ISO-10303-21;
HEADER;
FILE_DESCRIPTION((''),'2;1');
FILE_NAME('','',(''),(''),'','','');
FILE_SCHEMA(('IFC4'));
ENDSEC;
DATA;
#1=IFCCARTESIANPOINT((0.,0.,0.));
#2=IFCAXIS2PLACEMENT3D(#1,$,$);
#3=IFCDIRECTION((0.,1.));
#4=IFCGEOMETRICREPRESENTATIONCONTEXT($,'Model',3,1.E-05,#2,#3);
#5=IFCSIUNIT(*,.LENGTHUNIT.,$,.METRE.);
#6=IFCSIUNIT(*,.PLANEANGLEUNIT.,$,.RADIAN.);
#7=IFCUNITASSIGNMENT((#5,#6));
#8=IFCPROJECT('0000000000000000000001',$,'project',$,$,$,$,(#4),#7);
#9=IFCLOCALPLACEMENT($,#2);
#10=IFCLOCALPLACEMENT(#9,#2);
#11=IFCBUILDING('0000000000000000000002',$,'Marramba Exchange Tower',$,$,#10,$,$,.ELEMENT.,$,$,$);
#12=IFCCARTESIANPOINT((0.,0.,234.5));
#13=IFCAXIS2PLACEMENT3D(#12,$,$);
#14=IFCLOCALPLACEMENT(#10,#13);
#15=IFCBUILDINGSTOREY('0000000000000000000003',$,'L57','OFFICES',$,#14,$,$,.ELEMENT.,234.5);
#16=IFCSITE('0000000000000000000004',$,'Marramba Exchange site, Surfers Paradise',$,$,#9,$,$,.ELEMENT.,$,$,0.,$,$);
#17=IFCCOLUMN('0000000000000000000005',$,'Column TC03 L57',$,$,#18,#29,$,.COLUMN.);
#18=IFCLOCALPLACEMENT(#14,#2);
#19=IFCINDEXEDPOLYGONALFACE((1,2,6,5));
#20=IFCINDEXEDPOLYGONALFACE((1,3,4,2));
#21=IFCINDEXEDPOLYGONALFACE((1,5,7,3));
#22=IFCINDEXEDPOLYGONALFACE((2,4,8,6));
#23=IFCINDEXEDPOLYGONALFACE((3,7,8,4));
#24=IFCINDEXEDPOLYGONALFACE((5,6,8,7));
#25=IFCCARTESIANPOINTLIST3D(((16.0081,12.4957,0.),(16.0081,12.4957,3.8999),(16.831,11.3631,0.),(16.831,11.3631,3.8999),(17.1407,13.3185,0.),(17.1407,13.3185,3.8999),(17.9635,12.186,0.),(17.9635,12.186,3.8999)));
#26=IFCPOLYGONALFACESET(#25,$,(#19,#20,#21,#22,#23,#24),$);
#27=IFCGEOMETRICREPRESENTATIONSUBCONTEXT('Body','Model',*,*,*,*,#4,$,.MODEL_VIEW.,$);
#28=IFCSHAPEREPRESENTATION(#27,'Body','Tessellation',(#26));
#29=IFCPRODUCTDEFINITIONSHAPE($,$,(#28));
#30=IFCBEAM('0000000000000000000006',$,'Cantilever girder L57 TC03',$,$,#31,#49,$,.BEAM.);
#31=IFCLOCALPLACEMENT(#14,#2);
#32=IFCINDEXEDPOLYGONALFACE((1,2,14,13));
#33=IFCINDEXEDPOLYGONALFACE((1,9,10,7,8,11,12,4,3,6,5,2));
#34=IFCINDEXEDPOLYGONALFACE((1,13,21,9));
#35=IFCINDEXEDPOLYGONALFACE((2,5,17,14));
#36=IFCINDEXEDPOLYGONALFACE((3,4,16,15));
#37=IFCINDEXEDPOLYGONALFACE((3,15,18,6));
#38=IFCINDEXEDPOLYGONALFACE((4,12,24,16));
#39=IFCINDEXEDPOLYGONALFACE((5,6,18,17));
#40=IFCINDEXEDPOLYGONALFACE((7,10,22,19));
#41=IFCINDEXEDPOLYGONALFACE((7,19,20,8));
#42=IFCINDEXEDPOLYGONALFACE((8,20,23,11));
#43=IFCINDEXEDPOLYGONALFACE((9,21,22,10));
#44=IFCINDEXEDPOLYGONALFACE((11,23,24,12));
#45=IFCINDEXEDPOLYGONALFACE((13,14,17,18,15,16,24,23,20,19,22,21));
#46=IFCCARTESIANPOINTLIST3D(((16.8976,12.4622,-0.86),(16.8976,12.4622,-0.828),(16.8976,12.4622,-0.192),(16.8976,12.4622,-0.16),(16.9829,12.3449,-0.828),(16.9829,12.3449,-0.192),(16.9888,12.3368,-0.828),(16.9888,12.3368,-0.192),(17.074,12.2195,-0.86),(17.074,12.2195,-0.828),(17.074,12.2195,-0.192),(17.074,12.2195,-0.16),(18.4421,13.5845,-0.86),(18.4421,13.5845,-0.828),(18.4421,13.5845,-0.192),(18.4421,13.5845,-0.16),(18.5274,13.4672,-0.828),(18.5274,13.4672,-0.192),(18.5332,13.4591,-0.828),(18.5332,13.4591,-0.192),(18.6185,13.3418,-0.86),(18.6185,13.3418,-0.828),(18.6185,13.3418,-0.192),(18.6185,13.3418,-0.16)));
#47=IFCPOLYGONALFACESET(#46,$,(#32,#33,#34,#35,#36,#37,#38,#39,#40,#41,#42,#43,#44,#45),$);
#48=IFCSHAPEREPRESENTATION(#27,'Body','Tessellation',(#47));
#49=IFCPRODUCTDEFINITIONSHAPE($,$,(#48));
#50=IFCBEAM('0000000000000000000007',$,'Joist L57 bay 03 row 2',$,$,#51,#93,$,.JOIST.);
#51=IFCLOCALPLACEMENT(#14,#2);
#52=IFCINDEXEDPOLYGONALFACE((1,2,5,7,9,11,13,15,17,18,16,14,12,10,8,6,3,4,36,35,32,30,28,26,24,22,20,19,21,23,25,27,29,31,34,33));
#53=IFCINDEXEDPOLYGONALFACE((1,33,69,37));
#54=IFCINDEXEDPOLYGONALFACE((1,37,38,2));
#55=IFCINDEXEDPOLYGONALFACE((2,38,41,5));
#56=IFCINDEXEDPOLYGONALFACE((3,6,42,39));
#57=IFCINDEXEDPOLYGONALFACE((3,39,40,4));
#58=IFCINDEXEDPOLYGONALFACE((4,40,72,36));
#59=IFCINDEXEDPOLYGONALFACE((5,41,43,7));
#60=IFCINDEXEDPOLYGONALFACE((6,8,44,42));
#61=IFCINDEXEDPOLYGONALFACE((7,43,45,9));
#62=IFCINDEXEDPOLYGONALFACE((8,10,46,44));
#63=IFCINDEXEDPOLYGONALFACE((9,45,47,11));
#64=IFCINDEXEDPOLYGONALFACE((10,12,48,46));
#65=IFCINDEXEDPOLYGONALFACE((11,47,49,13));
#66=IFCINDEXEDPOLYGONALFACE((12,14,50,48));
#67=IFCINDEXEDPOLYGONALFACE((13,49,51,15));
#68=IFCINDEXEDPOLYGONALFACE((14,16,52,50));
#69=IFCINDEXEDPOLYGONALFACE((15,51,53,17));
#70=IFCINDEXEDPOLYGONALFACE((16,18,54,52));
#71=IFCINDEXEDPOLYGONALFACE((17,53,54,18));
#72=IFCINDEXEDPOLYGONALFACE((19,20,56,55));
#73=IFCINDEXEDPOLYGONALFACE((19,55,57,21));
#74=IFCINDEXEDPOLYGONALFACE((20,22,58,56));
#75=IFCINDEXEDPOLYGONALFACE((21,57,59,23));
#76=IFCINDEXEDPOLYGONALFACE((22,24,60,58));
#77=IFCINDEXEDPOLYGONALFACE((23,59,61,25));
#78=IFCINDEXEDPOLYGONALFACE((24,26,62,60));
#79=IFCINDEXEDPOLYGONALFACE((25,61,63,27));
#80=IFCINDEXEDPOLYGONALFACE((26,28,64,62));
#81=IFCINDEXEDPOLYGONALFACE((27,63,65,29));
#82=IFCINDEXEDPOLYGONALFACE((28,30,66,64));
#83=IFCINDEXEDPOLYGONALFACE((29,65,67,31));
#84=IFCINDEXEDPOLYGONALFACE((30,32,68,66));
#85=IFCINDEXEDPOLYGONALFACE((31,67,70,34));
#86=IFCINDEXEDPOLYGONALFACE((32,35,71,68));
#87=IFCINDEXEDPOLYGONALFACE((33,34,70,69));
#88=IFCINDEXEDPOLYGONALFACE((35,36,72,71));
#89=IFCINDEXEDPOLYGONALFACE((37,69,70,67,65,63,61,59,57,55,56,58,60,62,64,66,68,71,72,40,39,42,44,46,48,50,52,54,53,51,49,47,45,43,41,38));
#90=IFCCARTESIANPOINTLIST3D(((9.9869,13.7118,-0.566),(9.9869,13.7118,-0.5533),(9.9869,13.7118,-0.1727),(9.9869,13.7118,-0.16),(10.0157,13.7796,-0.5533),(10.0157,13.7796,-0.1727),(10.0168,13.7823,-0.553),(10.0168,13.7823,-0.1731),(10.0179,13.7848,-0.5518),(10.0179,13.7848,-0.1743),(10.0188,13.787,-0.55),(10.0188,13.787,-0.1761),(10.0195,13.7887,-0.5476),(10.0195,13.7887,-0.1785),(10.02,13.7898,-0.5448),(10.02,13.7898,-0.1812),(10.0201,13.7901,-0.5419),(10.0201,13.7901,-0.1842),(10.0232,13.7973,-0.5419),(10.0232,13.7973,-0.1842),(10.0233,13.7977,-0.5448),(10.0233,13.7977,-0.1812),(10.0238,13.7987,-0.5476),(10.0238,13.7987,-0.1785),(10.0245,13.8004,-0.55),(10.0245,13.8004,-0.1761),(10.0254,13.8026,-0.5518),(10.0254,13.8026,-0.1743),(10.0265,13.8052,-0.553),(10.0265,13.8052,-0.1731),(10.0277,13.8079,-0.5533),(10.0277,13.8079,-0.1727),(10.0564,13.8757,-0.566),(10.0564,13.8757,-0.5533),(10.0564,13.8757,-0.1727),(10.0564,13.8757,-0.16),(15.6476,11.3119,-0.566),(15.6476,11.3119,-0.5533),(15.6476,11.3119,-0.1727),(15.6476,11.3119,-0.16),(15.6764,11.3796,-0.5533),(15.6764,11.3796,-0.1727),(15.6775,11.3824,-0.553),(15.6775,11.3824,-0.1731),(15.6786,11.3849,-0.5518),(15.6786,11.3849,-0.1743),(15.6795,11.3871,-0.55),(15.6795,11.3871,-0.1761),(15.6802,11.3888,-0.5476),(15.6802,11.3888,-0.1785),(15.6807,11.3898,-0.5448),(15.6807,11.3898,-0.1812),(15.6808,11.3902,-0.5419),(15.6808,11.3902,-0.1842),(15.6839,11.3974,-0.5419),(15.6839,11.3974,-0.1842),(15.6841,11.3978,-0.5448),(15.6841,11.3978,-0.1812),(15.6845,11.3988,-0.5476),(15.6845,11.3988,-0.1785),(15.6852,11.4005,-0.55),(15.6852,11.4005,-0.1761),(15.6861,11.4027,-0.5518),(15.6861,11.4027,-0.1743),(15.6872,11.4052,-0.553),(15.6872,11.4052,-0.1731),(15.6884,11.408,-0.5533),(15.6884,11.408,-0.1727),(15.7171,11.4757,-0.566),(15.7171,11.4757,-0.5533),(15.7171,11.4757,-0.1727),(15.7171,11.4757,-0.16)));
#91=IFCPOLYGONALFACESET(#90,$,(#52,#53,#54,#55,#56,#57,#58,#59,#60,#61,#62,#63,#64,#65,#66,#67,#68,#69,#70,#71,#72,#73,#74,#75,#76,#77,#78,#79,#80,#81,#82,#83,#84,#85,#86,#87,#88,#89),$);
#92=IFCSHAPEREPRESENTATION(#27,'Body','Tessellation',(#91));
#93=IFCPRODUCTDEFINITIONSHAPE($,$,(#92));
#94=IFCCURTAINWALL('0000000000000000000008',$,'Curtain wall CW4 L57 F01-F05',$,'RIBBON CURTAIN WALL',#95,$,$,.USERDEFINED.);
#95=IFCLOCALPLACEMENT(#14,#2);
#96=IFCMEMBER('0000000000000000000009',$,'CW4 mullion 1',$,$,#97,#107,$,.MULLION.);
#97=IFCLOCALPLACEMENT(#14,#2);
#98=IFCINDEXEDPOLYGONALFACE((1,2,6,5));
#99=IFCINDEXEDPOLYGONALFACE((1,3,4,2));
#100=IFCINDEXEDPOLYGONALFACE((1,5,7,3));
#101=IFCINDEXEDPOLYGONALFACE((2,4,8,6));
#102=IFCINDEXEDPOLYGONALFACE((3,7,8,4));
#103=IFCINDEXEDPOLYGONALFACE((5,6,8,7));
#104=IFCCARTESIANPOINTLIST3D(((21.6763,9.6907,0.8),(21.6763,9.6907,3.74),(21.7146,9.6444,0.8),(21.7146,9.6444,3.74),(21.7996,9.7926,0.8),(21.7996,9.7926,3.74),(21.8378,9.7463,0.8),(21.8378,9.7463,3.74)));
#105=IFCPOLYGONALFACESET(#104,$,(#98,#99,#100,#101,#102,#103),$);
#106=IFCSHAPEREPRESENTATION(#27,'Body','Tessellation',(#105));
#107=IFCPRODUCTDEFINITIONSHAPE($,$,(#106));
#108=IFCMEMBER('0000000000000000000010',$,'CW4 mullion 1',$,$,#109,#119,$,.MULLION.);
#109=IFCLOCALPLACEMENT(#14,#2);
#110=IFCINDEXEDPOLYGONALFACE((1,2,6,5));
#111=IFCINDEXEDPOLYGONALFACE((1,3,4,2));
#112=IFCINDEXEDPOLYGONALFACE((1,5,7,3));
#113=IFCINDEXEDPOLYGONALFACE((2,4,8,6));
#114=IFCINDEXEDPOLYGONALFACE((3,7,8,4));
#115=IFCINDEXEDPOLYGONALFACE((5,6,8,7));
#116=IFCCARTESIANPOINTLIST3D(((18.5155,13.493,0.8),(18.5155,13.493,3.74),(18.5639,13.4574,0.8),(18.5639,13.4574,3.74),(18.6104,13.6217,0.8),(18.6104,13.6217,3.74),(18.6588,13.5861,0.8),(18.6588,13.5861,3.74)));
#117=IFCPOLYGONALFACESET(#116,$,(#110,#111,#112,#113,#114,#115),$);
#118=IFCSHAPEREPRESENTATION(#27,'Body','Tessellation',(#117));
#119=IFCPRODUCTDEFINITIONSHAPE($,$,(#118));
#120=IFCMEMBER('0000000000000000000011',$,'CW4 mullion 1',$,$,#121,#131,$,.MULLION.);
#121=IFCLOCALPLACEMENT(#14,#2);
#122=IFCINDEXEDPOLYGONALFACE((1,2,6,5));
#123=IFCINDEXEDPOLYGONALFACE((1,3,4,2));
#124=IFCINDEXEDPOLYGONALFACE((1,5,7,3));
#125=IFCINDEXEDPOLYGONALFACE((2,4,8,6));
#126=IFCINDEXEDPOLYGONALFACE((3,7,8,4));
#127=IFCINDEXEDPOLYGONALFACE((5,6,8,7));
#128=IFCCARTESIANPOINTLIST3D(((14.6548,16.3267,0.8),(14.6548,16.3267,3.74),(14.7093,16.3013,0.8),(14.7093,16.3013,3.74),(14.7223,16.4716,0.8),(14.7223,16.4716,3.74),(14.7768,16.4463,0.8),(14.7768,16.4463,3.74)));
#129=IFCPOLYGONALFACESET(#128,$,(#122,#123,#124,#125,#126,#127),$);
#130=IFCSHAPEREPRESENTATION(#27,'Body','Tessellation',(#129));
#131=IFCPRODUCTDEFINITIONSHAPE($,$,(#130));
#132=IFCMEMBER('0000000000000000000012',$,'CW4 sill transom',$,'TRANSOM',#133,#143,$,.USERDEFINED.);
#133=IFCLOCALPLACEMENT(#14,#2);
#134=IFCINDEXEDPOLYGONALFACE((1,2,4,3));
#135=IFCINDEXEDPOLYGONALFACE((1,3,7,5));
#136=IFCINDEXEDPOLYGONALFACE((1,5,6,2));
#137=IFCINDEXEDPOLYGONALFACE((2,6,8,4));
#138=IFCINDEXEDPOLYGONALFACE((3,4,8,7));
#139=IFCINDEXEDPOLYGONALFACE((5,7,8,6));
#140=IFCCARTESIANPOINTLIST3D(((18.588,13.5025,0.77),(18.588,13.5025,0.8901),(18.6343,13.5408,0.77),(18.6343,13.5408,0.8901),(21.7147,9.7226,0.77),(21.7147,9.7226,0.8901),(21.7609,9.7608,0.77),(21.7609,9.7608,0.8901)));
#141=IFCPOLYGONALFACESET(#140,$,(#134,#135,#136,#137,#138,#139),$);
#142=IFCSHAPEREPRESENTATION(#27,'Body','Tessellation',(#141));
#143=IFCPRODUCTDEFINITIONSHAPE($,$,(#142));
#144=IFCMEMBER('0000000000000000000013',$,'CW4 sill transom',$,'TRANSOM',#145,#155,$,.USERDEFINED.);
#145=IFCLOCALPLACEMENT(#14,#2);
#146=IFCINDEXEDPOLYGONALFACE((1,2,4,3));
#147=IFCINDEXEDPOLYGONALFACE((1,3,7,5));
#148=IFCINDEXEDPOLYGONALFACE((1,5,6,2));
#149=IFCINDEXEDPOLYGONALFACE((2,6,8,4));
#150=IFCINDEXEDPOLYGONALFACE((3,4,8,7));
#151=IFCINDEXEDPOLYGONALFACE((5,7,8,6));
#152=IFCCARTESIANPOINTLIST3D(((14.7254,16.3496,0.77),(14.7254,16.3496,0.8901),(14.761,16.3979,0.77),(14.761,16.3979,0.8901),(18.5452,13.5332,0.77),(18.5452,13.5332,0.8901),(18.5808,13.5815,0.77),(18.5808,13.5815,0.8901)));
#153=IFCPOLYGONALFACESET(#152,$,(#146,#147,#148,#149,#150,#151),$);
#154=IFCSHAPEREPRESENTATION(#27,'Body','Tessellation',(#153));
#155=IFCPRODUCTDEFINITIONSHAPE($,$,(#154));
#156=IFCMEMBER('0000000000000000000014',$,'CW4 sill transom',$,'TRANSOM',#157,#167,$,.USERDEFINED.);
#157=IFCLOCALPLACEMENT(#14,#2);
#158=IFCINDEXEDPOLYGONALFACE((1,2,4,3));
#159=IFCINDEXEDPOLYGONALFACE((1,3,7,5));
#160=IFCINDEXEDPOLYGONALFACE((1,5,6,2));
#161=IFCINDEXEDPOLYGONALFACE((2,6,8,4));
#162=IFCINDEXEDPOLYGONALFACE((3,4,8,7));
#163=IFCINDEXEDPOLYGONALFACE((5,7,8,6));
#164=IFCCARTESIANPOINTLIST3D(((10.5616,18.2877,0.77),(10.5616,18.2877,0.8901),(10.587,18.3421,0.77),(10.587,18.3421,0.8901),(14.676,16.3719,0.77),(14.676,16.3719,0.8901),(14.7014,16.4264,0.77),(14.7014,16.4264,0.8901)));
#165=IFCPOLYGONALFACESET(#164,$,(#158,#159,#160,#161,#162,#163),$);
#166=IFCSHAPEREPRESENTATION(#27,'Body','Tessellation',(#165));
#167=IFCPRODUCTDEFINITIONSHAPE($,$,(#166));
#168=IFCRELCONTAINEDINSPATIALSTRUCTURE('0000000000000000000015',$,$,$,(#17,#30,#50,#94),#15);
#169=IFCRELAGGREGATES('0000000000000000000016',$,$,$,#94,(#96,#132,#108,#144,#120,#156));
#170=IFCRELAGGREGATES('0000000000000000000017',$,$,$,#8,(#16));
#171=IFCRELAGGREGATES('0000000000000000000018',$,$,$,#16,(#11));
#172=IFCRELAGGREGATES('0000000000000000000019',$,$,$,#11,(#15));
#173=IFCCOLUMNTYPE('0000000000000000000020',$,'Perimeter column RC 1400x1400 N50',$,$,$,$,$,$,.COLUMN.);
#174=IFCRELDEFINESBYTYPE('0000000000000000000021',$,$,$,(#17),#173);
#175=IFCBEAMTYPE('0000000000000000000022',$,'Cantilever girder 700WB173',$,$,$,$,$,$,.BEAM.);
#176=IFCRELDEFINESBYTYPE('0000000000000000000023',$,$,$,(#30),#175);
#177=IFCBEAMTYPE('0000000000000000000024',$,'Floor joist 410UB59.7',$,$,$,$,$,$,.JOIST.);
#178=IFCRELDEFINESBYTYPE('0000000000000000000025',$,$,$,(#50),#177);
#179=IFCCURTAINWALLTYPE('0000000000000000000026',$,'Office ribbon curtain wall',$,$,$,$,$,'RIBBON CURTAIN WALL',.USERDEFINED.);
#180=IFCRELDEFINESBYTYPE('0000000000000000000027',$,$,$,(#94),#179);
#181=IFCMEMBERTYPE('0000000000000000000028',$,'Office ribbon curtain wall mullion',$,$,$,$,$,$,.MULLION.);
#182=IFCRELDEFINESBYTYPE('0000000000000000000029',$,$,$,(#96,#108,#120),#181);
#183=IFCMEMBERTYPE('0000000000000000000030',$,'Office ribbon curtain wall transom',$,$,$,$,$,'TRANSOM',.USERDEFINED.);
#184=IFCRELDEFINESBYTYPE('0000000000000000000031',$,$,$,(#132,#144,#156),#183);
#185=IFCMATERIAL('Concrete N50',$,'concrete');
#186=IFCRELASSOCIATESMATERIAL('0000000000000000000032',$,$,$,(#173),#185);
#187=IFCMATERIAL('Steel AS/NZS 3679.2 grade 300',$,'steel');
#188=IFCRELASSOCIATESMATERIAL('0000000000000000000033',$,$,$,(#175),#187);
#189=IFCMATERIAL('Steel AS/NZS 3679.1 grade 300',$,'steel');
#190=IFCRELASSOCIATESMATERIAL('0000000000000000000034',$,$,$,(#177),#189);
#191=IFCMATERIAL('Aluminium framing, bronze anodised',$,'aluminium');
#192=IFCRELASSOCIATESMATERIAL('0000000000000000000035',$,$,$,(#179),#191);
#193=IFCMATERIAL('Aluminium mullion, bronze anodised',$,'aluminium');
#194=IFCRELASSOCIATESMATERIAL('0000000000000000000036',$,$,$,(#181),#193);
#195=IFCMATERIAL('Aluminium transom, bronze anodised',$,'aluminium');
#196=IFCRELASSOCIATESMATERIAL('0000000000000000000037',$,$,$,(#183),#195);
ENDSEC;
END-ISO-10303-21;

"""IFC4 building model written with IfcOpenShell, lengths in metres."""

from ifc_helpers import new_model, si_unit, direction, frame, origin, origin_2d, place, context, subcontext, project, spatial, rectangle, i_section, extrude, material, material_profile, profile_set, type_object, element, aggregate, save


model = new_model("IFC4")

# Units and contexts
model_context = context("Model", 3, precision=1e-05, world=origin(), true_north=direction((0.0, 1.0)))
body_context = subcontext(model_context, "Body", "Model", "MODEL_VIEW")
ifc_project = project(units=[si_unit("LENGTHUNIT", "METRE"), si_unit("PLANEANGLEUNIT", "RADIAN")], contexts=[model_context])

# Site, building, storey
site_placement = place(None, origin())
site = spatial("IfcSite", under=ifc_project, at=site_placement, Name="Marramba Exchange site, Surfers Paradise", CompositionType="ELEMENT", RefElevation=0.0)
building_placement = place(site_placement, origin())
building = spatial("IfcBuilding", under=site, at=building_placement, Name="Marramba Exchange Tower", CompositionType="ELEMENT")
storey_placement = place(building_placement, frame((0.0, 0.0, 234.5)))
storey = spatial("IfcBuildingStorey", under=building, at=storey_placement, Name="L57", Description="OFFICES", CompositionType="ELEMENT", Elevation=234.5)

# Column
ifc_material_1 = material(Name="Concrete N50", Category="concrete")
ifc_material_profile_1 = material_profile(ifc_material_1, rectangle(XDim=1.3999, YDim=1.3999, at=origin_2d()), Name="RC 1400x1400")
ifc_profile_set_1 = profile_set([ifc_material_profile_1], Name="Concrete N50")
column_type = type_object("IfcColumnType", Name="Perimeter column RC 1400x1400 N50", PredefinedType="COLUMN", material=ifc_profile_set_1)
column_placement = place(storey_placement, frame((16.9858, 12.3408, 0.0), z_axis=(0.0, 0.0, 1.0), x_axis=(0.809017, 0.587785, 0.0)))
element("IfcColumn", 1, at=column_placement, inside=storey, type_object=column_type, Name="Column TC03 L57", PredefinedType="COLUMN", context=body_context, shape_type="SweptSolid", body=[
    extrude(rectangle(XDim=1.3999, YDim=1.3999, at=origin_2d()), origin(), (0.0, 0.0, 1.0), 3.8999),
])

# Beams
ifc_material_2 = material(Name="Steel AS/NZS 3679.2 grade 300", Category="steel")
ifc_material_profile_2 = material_profile(ifc_material_2, i_section(OverallWidth=0.3, OverallDepth=0.7, WebThickness=0.01, FlangeThickness=0.032, at=origin_2d()), Name="700WB173")
ifc_profile_set_2 = profile_set([ifc_material_profile_2], Name="Steel AS/NZS 3679.2 grade 300")
beam_type_1 = type_object("IfcBeamType", Name="Cantilever girder 700WB173", PredefinedType="BEAM", material=ifc_profile_set_2)
beam_1_placement = place(storey_placement, frame((16.9858, 12.3408, -0.51), z_axis=(0.808963, 0.58786, 0.0), x_axis=(-0.58786, 0.808963, 0.0)))
element("IfcBeam", 2, at=beam_1_placement, inside=storey, type_object=beam_type_1, Name="Cantilever girder L57 TC03", PredefinedType="BEAM", context=body_context, shape_type="SweptSolid", body=[
    extrude(i_section(OverallWidth=0.3, OverallDepth=0.7, WebThickness=0.01, FlangeThickness=0.032, at=origin_2d()), origin(), (0.0, 0.0, 1.0), 1.9092),
])
ifc_material_3 = material(Name="Steel AS/NZS 3679.1 grade 300", Category="steel")
ifc_material_profile_3 = material_profile(ifc_material_3, i_section(OverallWidth=0.178, OverallDepth=0.406, WebThickness=0.0078, FlangeThickness=0.0127, FilletRadius=0.0115, at=origin_2d()), Name="410UB59.7")
ifc_profile_set_3 = profile_set([ifc_material_profile_3], Name="Steel AS/NZS 3679.1 grade 300")
beam_type_2 = type_object("IfcBeamType", Name="Floor joist 410UB59.7", PredefinedType="JOIST", material=ifc_profile_set_3)
beam_2_placement = place(storey_placement, frame((15.6824, 11.3938, -0.363), z_axis=(-0.920674, 0.390332, 0.0), x_axis=(-0.390332, -0.920674, 0.0)))
element("IfcBeam", 3, at=beam_2_placement, inside=storey, type_object=beam_type_2, Name="Joist L57 bay 03 row 2", PredefinedType="JOIST", context=body_context, shape_type="SweptSolid", body=[
    extrude(i_section(OverallWidth=0.178, OverallDepth=0.406, WebThickness=0.0078, FlangeThickness=0.0127, FilletRadius=0.0115, at=origin_2d()), origin(), (0.0, 0.0, 1.0), 6.1484),
])

# Curtain wall, members
ifc_material_4 = material(Name="Aluminium framing, bronze anodised", Category="aluminium")
curtain_wall_type = type_object("IfcCurtainWallType", Name="Office ribbon curtain wall", ElementType="RIBBON CURTAIN WALL", PredefinedType="USERDEFINED", material=ifc_material_4)
curtain_wall_placement = place(storey_placement, origin())
curtain_wall = element("IfcCurtainWall", 4, at=curtain_wall_placement, inside=storey, type_object=curtain_wall_type, Name="Curtain wall CW4 L57 F01-F05", ObjectType="RIBBON CURTAIN WALL", PredefinedType="USERDEFINED")
ifc_material_5 = material(Name="Aluminium mullion, bronze anodised", Category="aluminium")
ifc_material_profile_4 = material_profile(ifc_material_5, rectangle(XDim=0.1599, YDim=0.0601, at=origin_2d()), Name="CW4 mullion 60x160")
ifc_profile_set_4 = profile_set([ifc_material_profile_4], Name="Aluminium mullion, bronze anodised")
member_type_1 = type_object("IfcMemberType", Name="Office ribbon curtain wall mullion", PredefinedType="MULLION", material=ifc_profile_set_4)
member_1_placement = place(storey_placement, frame((21.7571, 9.7185, 0.8), z_axis=(0.0, 0.0, 1.0), x_axis=(-0.770574, -0.63735, 0.0)))
member_1 = element("IfcMember", 5, at=member_1_placement, type_object=member_type_1, Name="CW4 mullion 1", PredefinedType="MULLION", context=body_context, shape_type="SweptSolid", body=[
    extrude(rectangle(XDim=0.1599, YDim=0.0601, at=origin_2d()), origin(), (0.0, 0.0, 1.0), 2.9399),
])
member_2_placement = place(storey_placement, frame((18.5872, 13.5396, 0.8), z_axis=(0.0, 0.0, 1.0), x_axis=(-0.593441, -0.804877, 0.0)))
member_2 = element("IfcMember", 6, at=member_2_placement, type_object=member_type_1, Name="CW4 mullion 1", PredefinedType="MULLION", context=body_context, shape_type="SweptSolid", body=[
    extrude(rectangle(XDim=0.1599, YDim=0.0601, at=origin_2d()), origin(), (0.0, 0.0, 1.0), 2.9399),
])
member_3_placement = place(storey_placement, frame((14.7158, 16.3865, 0.8), z_axis=(0.0, 0.0, 1.0), x_axis=(-0.422133, -0.906534, 0.0)))
member_3 = element("IfcMember", 7, at=member_3_placement, type_object=member_type_1, Name="CW4 mullion 1", PredefinedType="MULLION", context=body_context, shape_type="SweptSolid", body=[
    extrude(rectangle(XDim=0.1599, YDim=0.0601, at=origin_2d()), origin(), (0.0, 0.0, 1.0), 2.9399),
])
ifc_material_6 = material(Name="Aluminium transom, bronze anodised", Category="aluminium")
ifc_material_profile_5 = material_profile(ifc_material_6, rectangle(XDim=0.0601, YDim=0.1201, at=origin_2d()), Name="CW4 transom 60x120")
ifc_profile_set_5 = profile_set([ifc_material_profile_5], Name="Aluminium transom, bronze anodised")
member_type_2 = type_object("IfcMemberType", Name="Office ribbon curtain wall transom", ElementType="TRANSOM", PredefinedType="USERDEFINED", material=ifc_profile_set_5)
member_4_placement = place(storey_placement, frame((21.7378, 9.7417, 0.8301), z_axis=(-0.637375, 0.770554, 0.0), x_axis=(-0.770554, -0.637375, 0.0)))
member_4 = element("IfcMember", 8, at=member_4_placement, type_object=member_type_2, Name="CW4 sill transom", ObjectType="TRANSOM", PredefinedType="USERDEFINED", context=body_context, shape_type="SweptSolid", body=[
    extrude(rectangle(XDim=0.0601, YDim=0.1201, at=origin_2d()), origin(), (0.0, 0.0, 1.0), 4.9055),
])
member_5_placement = place(storey_placement, frame((18.563, 13.5574, 0.8301), z_axis=(-0.804875, 0.593445, 0.0), x_axis=(-0.593445, -0.804875, 0.0)))
member_5 = element("IfcMember", 9, at=member_5_placement, type_object=member_type_2, Name="CW4 sill transom", ObjectType="TRANSOM", PredefinedType="USERDEFINED", context=body_context, shape_type="SweptSolid", body=[
    extrude(rectangle(XDim=0.0601, YDim=0.1201, at=origin_2d()), origin(), (0.0, 0.0, 1.0), 4.7458),
])
member_6_placement = place(storey_placement, frame((14.6887, 16.3992, 0.8301), z_axis=(-0.906548, 0.422102, 0.0), x_axis=(-0.422102, -0.906548, 0.0)))
member_6 = element("IfcMember", 10, at=member_6_placement, type_object=member_type_2, Name="CW4 sill transom", ObjectType="TRANSOM", PredefinedType="USERDEFINED", context=body_context, shape_type="SweptSolid", body=[
    extrude(rectangle(XDim=0.0601, YDim=0.1201, at=origin_2d()), origin(), (0.0, 0.0, 1.0), 4.5386),
])

aggregate(curtain_wall, [member_1, member_4, member_2, member_5, member_3, member_6])

save(model, "model.ifc")
